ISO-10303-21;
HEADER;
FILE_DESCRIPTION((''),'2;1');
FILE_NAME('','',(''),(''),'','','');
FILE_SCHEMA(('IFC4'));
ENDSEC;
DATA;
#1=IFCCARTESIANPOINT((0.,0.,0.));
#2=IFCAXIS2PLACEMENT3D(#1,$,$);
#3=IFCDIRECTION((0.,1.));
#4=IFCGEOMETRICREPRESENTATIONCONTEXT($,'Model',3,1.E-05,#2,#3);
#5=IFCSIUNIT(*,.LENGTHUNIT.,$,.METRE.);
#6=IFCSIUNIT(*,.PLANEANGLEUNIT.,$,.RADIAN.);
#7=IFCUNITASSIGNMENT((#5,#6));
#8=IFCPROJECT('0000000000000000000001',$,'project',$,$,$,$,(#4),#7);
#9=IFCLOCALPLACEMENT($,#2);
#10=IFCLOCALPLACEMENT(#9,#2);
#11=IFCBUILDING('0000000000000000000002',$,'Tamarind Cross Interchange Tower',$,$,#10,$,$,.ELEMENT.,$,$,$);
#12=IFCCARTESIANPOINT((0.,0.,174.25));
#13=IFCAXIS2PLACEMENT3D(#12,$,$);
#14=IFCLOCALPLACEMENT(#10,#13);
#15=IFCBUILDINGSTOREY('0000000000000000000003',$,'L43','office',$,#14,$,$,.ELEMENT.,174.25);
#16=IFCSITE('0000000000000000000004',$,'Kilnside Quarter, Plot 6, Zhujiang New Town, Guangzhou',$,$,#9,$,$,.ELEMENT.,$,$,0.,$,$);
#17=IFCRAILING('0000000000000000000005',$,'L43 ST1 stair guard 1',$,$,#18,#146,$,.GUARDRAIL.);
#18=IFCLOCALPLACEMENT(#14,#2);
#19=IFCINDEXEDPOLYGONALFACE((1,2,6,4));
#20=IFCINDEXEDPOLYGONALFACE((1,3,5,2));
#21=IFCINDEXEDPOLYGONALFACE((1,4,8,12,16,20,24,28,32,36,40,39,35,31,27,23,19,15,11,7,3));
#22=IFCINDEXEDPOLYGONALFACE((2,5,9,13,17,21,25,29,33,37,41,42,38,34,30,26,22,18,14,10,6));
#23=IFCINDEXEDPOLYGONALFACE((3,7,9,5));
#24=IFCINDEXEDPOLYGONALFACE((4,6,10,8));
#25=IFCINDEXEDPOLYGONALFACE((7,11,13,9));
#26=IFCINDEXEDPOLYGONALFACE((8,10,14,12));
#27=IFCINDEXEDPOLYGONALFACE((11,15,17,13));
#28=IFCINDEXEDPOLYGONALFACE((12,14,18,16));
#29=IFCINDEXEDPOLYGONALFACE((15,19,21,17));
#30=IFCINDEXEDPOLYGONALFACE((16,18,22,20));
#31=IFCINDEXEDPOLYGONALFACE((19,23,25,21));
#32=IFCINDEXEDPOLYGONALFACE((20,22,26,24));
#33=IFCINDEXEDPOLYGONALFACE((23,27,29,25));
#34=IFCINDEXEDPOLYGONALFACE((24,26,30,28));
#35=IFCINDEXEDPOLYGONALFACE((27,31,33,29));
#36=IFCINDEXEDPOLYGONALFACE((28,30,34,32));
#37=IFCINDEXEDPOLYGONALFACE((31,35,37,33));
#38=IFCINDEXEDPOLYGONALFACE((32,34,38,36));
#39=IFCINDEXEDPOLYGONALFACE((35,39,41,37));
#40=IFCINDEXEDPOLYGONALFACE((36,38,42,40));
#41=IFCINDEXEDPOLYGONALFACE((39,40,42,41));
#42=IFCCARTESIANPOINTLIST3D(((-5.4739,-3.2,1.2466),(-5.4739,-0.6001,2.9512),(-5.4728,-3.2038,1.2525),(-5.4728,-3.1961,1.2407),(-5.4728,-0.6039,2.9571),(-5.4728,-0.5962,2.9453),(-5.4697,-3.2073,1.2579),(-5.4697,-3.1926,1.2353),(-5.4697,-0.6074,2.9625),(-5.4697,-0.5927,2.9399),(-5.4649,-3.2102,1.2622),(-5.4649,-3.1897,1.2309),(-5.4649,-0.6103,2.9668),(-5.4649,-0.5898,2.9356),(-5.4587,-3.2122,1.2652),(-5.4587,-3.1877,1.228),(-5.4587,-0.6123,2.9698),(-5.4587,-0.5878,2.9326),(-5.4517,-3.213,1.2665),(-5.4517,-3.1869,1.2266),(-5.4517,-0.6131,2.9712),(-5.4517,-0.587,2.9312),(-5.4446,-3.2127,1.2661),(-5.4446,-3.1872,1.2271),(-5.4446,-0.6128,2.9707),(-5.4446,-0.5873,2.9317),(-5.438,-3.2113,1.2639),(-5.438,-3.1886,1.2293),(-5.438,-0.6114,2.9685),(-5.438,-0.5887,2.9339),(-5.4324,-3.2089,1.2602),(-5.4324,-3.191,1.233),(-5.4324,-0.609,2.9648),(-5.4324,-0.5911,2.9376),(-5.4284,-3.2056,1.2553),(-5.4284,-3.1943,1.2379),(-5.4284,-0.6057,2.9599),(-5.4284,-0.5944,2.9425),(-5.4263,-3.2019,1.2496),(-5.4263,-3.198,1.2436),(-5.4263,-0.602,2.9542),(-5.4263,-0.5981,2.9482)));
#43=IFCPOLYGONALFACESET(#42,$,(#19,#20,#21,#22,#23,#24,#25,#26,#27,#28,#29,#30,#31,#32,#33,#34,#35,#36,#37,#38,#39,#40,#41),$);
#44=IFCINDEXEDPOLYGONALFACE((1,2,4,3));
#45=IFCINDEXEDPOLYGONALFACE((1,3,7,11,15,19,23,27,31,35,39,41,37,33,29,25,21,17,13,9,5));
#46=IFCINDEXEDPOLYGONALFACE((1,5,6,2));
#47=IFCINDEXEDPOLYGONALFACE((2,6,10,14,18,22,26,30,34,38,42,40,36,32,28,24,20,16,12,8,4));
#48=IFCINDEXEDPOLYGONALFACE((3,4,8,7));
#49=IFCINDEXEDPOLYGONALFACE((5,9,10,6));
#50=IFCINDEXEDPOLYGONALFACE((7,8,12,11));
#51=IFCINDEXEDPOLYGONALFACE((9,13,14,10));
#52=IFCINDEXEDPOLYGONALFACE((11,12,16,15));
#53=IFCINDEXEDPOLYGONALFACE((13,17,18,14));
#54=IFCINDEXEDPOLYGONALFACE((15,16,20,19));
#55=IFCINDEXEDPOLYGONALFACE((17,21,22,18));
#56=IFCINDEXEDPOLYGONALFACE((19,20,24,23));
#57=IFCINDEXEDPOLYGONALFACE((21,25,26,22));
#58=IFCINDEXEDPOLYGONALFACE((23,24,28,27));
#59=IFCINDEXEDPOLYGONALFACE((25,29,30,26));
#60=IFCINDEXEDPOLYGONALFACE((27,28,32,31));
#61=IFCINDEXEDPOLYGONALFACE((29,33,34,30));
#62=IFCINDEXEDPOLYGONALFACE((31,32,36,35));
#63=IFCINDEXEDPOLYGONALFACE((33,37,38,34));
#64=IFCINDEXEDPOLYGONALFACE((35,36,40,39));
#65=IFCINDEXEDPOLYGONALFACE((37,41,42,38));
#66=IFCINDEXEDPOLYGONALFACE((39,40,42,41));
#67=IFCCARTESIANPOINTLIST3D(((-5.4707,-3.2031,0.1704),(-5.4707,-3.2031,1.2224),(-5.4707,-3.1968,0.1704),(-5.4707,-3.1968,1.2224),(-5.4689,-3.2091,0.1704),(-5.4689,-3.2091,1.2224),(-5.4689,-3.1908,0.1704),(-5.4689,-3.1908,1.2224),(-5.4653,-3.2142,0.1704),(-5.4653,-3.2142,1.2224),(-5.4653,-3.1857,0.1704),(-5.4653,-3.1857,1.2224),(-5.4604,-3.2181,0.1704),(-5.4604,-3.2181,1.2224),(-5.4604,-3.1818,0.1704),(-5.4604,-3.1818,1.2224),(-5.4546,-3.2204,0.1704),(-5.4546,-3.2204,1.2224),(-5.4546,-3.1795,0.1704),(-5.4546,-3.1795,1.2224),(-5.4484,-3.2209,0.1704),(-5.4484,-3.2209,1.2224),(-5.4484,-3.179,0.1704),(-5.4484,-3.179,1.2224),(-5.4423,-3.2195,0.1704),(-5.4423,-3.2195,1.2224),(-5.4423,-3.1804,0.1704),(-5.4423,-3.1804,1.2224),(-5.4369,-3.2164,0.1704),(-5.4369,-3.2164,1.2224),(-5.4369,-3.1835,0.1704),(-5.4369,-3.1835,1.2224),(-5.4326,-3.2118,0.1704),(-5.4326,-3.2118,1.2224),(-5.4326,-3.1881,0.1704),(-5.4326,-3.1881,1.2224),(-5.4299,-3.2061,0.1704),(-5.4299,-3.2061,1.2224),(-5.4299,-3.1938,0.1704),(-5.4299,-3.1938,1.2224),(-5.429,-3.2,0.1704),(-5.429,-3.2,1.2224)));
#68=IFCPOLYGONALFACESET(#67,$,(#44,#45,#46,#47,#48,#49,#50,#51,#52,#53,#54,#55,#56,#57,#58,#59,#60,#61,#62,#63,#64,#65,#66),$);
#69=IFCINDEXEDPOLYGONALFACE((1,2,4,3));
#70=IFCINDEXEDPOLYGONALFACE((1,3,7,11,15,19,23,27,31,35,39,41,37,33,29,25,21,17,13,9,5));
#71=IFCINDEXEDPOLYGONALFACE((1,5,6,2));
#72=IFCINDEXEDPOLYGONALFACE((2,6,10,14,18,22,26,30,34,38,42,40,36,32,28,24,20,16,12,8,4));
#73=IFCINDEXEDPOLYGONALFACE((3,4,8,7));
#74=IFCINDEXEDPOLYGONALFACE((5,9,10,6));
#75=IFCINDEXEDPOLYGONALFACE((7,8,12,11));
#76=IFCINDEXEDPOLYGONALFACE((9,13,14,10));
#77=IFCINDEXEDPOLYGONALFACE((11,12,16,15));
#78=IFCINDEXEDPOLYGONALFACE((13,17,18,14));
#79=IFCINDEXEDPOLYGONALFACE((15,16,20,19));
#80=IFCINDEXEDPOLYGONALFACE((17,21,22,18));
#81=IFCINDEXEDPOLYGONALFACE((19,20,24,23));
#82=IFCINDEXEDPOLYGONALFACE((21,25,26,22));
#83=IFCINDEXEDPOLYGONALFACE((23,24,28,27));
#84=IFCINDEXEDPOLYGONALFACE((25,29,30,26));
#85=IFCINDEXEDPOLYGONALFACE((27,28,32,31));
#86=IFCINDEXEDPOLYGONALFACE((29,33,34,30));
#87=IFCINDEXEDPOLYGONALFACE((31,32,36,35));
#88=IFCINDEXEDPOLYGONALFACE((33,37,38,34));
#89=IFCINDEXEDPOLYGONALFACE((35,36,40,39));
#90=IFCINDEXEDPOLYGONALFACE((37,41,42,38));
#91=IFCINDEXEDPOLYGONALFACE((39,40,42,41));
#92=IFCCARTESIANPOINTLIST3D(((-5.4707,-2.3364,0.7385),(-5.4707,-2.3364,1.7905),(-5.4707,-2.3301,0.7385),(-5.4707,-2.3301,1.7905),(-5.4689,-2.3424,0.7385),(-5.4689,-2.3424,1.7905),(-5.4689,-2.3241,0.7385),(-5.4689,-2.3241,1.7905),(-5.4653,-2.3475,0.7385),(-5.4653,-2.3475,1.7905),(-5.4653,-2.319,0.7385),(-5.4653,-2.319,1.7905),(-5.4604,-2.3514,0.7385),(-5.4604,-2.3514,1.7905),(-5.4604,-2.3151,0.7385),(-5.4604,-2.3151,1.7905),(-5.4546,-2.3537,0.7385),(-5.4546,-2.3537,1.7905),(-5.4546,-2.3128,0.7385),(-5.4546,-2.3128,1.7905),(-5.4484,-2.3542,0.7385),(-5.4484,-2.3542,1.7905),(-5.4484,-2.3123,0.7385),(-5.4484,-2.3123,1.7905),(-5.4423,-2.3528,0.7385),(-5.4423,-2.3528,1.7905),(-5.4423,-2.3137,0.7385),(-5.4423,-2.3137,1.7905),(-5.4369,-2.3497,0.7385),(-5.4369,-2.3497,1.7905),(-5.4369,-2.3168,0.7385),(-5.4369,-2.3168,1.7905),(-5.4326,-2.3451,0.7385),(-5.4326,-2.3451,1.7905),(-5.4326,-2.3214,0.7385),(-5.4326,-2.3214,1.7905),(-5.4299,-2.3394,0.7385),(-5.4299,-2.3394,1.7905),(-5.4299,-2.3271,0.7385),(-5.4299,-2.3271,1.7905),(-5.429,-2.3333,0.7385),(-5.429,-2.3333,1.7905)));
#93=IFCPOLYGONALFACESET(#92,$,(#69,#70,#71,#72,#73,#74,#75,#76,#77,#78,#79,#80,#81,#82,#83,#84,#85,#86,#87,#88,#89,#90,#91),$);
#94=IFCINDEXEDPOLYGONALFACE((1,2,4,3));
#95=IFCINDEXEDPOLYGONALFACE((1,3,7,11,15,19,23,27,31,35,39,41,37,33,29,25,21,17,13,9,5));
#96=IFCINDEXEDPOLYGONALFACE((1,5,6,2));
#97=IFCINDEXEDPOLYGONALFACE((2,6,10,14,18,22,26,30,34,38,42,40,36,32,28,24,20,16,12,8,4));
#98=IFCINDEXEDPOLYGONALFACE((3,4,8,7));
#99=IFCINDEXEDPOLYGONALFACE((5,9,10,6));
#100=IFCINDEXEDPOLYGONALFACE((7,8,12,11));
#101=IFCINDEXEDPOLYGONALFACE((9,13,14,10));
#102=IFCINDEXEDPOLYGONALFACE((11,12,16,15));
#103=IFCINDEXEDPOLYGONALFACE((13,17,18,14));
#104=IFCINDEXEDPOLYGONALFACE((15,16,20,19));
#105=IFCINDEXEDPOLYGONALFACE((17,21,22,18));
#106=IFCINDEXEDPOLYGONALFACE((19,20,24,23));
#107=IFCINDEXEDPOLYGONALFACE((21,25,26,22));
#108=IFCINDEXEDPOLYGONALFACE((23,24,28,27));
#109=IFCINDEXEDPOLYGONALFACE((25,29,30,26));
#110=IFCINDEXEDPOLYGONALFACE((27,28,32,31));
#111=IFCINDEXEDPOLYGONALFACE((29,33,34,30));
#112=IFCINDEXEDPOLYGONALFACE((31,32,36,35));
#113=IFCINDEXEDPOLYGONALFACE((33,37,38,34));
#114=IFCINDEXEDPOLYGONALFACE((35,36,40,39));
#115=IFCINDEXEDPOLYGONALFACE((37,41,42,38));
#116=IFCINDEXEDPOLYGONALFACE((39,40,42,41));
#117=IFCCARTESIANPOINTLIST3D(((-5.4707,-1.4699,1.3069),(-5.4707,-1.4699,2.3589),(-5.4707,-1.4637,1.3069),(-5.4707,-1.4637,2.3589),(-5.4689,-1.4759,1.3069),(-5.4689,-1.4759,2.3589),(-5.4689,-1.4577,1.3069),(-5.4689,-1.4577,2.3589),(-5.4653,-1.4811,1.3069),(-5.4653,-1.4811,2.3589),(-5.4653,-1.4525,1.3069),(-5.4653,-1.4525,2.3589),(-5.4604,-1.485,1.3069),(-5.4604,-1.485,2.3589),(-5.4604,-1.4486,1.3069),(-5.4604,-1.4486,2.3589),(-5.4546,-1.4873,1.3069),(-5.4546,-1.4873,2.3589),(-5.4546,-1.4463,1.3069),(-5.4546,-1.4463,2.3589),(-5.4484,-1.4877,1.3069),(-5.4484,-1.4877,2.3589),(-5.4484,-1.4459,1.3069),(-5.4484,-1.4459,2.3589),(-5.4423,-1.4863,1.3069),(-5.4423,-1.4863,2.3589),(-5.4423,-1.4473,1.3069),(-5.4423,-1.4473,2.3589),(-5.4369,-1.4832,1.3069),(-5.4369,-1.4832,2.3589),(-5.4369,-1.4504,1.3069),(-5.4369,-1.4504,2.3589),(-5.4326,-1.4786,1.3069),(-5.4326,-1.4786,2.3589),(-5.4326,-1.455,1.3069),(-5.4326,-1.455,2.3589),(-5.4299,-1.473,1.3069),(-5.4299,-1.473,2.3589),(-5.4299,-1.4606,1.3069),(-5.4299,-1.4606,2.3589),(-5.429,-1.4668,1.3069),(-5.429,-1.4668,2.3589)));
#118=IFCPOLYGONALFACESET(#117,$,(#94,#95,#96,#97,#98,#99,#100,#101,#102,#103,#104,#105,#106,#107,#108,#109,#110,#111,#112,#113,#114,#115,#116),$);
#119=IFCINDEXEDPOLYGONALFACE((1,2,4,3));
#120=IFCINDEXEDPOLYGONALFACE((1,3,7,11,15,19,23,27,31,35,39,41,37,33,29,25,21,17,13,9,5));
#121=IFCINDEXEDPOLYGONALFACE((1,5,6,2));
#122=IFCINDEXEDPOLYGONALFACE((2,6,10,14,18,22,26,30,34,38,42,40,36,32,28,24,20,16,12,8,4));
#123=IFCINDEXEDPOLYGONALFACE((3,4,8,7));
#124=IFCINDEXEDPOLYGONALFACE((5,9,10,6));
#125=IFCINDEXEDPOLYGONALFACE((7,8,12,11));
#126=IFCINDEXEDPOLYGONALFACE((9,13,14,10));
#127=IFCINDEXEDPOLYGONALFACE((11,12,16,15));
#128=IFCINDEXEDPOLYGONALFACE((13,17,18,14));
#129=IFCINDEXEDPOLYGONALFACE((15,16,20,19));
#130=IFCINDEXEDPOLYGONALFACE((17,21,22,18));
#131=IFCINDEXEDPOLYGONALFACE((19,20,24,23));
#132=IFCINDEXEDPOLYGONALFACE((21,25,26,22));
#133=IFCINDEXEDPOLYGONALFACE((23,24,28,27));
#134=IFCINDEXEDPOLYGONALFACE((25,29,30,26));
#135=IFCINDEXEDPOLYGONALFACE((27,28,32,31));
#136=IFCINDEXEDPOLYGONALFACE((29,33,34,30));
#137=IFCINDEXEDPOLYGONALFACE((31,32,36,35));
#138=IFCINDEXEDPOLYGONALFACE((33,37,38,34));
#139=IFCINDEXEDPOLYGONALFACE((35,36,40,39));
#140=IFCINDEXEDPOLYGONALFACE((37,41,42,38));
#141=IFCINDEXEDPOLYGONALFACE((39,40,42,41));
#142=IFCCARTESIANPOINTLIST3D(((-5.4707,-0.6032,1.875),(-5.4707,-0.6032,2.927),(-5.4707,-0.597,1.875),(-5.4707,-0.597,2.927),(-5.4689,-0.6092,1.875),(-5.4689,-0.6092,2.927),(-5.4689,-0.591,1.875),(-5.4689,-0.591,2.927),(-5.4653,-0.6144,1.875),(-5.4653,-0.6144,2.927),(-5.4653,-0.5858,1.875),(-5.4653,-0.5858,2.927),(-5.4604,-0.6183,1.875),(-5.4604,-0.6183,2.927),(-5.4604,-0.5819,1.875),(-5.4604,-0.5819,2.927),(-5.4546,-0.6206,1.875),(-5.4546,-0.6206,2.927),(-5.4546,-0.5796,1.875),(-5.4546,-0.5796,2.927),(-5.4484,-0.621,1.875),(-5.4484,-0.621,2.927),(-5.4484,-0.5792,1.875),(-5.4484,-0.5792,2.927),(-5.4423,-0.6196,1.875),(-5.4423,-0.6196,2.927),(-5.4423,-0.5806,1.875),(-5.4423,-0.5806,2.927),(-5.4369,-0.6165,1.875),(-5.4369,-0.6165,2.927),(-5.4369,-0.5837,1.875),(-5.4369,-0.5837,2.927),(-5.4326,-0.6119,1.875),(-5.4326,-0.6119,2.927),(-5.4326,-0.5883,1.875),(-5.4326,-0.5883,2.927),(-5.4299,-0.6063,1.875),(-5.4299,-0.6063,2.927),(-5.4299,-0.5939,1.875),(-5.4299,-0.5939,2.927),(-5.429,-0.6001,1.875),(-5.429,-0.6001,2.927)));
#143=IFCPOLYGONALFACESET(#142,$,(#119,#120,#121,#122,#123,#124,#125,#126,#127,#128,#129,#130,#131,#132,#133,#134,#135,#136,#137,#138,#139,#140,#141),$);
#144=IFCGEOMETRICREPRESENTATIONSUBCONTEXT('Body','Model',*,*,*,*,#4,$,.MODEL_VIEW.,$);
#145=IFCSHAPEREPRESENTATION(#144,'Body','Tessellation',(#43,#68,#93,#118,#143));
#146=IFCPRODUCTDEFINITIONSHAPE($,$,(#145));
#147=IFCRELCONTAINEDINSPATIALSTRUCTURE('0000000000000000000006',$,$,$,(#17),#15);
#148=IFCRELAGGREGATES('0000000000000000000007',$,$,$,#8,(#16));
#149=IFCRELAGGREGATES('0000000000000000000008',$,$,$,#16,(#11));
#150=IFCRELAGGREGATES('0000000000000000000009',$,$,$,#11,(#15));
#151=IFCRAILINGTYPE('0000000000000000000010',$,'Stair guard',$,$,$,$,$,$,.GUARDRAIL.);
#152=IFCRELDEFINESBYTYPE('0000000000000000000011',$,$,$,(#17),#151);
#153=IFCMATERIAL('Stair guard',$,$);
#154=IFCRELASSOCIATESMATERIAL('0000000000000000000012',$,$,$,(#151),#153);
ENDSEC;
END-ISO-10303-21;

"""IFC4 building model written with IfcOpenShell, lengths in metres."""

from ifc_helpers import new_model, si_unit, direction, frame, origin, origin_2d, place, context, subcontext, project, spatial, circle, extrude, material, type_object, element, save


model = new_model("IFC4")

# Units and contexts
model_context = context("Model", 3, precision=1e-05, world=origin(), true_north=direction((0.0, 1.0)))
body_context = subcontext(model_context, "Body", "Model", "MODEL_VIEW")
ifc_project = project(units=[si_unit("LENGTHUNIT", "METRE"), si_unit("PLANEANGLEUNIT", "RADIAN")], contexts=[model_context])

# Site, building, storey
site_placement = place(None, origin())
site = spatial("IfcSite", under=ifc_project, at=site_placement, Name="Kilnside Quarter, Plot 6, Zhujiang New Town, Guangzhou", CompositionType="ELEMENT", RefElevation=0.0)
building_placement = place(site_placement, origin())
building = spatial("IfcBuilding", under=site, at=building_placement, Name="Tamarind Cross Interchange Tower", CompositionType="ELEMENT")
storey_placement = place(building_placement, frame((0.0, 0.0, 174.25)))
storey = spatial("IfcBuildingStorey", under=building, at=storey_placement, Name="L43", Description="office", CompositionType="ELEMENT", Elevation=174.25)

# Railing
ifc_material_1 = material(Name="Stair guard")
railing_type_1 = type_object("IfcRailingType", Name="Stair guard", PredefinedType="GUARDRAIL", material=ifc_material_1)
railing_1_placement = place(storey_placement, frame((-5.45, -3.2, 0.1704)))
element("IfcRailing", 1, at=railing_1_placement, inside=storey, type_object=railing_type_1, Name="L43 ST1 stair guard 1", PredefinedType="GUARDRAIL", context=body_context, shape_type="SweptSolid", body=[
    extrude(circle(Radius=0.0239, at=origin_2d()), frame((0.0, 0.0, 1.0762), z_axis=(0.0, 0.836279, 0.548305), x_axis=(-1.0, 0.0, 0.0)), (0.0, 0.0, 1.0), 3.1089),
    extrude(circle(Radius=0.021, at=origin_2d()), origin(), (0.0, 0.0, 1.0), 1.052),
    extrude(circle(Radius=0.021, at=origin_2d()), frame((0.0, 0.8667, 0.5681)), (0.0, 0.0, 1.0), 1.052),
    extrude(circle(Radius=0.021, at=origin_2d()), frame((0.0, 1.7332, 1.1365)), (0.0, 0.0, 1.0), 1.052),
    extrude(circle(Radius=0.021, at=origin_2d()), frame((0.0, 2.5999, 1.7046)), (0.0, 0.0, 1.0), 1.052),
])

save(model, "model.ifc")
